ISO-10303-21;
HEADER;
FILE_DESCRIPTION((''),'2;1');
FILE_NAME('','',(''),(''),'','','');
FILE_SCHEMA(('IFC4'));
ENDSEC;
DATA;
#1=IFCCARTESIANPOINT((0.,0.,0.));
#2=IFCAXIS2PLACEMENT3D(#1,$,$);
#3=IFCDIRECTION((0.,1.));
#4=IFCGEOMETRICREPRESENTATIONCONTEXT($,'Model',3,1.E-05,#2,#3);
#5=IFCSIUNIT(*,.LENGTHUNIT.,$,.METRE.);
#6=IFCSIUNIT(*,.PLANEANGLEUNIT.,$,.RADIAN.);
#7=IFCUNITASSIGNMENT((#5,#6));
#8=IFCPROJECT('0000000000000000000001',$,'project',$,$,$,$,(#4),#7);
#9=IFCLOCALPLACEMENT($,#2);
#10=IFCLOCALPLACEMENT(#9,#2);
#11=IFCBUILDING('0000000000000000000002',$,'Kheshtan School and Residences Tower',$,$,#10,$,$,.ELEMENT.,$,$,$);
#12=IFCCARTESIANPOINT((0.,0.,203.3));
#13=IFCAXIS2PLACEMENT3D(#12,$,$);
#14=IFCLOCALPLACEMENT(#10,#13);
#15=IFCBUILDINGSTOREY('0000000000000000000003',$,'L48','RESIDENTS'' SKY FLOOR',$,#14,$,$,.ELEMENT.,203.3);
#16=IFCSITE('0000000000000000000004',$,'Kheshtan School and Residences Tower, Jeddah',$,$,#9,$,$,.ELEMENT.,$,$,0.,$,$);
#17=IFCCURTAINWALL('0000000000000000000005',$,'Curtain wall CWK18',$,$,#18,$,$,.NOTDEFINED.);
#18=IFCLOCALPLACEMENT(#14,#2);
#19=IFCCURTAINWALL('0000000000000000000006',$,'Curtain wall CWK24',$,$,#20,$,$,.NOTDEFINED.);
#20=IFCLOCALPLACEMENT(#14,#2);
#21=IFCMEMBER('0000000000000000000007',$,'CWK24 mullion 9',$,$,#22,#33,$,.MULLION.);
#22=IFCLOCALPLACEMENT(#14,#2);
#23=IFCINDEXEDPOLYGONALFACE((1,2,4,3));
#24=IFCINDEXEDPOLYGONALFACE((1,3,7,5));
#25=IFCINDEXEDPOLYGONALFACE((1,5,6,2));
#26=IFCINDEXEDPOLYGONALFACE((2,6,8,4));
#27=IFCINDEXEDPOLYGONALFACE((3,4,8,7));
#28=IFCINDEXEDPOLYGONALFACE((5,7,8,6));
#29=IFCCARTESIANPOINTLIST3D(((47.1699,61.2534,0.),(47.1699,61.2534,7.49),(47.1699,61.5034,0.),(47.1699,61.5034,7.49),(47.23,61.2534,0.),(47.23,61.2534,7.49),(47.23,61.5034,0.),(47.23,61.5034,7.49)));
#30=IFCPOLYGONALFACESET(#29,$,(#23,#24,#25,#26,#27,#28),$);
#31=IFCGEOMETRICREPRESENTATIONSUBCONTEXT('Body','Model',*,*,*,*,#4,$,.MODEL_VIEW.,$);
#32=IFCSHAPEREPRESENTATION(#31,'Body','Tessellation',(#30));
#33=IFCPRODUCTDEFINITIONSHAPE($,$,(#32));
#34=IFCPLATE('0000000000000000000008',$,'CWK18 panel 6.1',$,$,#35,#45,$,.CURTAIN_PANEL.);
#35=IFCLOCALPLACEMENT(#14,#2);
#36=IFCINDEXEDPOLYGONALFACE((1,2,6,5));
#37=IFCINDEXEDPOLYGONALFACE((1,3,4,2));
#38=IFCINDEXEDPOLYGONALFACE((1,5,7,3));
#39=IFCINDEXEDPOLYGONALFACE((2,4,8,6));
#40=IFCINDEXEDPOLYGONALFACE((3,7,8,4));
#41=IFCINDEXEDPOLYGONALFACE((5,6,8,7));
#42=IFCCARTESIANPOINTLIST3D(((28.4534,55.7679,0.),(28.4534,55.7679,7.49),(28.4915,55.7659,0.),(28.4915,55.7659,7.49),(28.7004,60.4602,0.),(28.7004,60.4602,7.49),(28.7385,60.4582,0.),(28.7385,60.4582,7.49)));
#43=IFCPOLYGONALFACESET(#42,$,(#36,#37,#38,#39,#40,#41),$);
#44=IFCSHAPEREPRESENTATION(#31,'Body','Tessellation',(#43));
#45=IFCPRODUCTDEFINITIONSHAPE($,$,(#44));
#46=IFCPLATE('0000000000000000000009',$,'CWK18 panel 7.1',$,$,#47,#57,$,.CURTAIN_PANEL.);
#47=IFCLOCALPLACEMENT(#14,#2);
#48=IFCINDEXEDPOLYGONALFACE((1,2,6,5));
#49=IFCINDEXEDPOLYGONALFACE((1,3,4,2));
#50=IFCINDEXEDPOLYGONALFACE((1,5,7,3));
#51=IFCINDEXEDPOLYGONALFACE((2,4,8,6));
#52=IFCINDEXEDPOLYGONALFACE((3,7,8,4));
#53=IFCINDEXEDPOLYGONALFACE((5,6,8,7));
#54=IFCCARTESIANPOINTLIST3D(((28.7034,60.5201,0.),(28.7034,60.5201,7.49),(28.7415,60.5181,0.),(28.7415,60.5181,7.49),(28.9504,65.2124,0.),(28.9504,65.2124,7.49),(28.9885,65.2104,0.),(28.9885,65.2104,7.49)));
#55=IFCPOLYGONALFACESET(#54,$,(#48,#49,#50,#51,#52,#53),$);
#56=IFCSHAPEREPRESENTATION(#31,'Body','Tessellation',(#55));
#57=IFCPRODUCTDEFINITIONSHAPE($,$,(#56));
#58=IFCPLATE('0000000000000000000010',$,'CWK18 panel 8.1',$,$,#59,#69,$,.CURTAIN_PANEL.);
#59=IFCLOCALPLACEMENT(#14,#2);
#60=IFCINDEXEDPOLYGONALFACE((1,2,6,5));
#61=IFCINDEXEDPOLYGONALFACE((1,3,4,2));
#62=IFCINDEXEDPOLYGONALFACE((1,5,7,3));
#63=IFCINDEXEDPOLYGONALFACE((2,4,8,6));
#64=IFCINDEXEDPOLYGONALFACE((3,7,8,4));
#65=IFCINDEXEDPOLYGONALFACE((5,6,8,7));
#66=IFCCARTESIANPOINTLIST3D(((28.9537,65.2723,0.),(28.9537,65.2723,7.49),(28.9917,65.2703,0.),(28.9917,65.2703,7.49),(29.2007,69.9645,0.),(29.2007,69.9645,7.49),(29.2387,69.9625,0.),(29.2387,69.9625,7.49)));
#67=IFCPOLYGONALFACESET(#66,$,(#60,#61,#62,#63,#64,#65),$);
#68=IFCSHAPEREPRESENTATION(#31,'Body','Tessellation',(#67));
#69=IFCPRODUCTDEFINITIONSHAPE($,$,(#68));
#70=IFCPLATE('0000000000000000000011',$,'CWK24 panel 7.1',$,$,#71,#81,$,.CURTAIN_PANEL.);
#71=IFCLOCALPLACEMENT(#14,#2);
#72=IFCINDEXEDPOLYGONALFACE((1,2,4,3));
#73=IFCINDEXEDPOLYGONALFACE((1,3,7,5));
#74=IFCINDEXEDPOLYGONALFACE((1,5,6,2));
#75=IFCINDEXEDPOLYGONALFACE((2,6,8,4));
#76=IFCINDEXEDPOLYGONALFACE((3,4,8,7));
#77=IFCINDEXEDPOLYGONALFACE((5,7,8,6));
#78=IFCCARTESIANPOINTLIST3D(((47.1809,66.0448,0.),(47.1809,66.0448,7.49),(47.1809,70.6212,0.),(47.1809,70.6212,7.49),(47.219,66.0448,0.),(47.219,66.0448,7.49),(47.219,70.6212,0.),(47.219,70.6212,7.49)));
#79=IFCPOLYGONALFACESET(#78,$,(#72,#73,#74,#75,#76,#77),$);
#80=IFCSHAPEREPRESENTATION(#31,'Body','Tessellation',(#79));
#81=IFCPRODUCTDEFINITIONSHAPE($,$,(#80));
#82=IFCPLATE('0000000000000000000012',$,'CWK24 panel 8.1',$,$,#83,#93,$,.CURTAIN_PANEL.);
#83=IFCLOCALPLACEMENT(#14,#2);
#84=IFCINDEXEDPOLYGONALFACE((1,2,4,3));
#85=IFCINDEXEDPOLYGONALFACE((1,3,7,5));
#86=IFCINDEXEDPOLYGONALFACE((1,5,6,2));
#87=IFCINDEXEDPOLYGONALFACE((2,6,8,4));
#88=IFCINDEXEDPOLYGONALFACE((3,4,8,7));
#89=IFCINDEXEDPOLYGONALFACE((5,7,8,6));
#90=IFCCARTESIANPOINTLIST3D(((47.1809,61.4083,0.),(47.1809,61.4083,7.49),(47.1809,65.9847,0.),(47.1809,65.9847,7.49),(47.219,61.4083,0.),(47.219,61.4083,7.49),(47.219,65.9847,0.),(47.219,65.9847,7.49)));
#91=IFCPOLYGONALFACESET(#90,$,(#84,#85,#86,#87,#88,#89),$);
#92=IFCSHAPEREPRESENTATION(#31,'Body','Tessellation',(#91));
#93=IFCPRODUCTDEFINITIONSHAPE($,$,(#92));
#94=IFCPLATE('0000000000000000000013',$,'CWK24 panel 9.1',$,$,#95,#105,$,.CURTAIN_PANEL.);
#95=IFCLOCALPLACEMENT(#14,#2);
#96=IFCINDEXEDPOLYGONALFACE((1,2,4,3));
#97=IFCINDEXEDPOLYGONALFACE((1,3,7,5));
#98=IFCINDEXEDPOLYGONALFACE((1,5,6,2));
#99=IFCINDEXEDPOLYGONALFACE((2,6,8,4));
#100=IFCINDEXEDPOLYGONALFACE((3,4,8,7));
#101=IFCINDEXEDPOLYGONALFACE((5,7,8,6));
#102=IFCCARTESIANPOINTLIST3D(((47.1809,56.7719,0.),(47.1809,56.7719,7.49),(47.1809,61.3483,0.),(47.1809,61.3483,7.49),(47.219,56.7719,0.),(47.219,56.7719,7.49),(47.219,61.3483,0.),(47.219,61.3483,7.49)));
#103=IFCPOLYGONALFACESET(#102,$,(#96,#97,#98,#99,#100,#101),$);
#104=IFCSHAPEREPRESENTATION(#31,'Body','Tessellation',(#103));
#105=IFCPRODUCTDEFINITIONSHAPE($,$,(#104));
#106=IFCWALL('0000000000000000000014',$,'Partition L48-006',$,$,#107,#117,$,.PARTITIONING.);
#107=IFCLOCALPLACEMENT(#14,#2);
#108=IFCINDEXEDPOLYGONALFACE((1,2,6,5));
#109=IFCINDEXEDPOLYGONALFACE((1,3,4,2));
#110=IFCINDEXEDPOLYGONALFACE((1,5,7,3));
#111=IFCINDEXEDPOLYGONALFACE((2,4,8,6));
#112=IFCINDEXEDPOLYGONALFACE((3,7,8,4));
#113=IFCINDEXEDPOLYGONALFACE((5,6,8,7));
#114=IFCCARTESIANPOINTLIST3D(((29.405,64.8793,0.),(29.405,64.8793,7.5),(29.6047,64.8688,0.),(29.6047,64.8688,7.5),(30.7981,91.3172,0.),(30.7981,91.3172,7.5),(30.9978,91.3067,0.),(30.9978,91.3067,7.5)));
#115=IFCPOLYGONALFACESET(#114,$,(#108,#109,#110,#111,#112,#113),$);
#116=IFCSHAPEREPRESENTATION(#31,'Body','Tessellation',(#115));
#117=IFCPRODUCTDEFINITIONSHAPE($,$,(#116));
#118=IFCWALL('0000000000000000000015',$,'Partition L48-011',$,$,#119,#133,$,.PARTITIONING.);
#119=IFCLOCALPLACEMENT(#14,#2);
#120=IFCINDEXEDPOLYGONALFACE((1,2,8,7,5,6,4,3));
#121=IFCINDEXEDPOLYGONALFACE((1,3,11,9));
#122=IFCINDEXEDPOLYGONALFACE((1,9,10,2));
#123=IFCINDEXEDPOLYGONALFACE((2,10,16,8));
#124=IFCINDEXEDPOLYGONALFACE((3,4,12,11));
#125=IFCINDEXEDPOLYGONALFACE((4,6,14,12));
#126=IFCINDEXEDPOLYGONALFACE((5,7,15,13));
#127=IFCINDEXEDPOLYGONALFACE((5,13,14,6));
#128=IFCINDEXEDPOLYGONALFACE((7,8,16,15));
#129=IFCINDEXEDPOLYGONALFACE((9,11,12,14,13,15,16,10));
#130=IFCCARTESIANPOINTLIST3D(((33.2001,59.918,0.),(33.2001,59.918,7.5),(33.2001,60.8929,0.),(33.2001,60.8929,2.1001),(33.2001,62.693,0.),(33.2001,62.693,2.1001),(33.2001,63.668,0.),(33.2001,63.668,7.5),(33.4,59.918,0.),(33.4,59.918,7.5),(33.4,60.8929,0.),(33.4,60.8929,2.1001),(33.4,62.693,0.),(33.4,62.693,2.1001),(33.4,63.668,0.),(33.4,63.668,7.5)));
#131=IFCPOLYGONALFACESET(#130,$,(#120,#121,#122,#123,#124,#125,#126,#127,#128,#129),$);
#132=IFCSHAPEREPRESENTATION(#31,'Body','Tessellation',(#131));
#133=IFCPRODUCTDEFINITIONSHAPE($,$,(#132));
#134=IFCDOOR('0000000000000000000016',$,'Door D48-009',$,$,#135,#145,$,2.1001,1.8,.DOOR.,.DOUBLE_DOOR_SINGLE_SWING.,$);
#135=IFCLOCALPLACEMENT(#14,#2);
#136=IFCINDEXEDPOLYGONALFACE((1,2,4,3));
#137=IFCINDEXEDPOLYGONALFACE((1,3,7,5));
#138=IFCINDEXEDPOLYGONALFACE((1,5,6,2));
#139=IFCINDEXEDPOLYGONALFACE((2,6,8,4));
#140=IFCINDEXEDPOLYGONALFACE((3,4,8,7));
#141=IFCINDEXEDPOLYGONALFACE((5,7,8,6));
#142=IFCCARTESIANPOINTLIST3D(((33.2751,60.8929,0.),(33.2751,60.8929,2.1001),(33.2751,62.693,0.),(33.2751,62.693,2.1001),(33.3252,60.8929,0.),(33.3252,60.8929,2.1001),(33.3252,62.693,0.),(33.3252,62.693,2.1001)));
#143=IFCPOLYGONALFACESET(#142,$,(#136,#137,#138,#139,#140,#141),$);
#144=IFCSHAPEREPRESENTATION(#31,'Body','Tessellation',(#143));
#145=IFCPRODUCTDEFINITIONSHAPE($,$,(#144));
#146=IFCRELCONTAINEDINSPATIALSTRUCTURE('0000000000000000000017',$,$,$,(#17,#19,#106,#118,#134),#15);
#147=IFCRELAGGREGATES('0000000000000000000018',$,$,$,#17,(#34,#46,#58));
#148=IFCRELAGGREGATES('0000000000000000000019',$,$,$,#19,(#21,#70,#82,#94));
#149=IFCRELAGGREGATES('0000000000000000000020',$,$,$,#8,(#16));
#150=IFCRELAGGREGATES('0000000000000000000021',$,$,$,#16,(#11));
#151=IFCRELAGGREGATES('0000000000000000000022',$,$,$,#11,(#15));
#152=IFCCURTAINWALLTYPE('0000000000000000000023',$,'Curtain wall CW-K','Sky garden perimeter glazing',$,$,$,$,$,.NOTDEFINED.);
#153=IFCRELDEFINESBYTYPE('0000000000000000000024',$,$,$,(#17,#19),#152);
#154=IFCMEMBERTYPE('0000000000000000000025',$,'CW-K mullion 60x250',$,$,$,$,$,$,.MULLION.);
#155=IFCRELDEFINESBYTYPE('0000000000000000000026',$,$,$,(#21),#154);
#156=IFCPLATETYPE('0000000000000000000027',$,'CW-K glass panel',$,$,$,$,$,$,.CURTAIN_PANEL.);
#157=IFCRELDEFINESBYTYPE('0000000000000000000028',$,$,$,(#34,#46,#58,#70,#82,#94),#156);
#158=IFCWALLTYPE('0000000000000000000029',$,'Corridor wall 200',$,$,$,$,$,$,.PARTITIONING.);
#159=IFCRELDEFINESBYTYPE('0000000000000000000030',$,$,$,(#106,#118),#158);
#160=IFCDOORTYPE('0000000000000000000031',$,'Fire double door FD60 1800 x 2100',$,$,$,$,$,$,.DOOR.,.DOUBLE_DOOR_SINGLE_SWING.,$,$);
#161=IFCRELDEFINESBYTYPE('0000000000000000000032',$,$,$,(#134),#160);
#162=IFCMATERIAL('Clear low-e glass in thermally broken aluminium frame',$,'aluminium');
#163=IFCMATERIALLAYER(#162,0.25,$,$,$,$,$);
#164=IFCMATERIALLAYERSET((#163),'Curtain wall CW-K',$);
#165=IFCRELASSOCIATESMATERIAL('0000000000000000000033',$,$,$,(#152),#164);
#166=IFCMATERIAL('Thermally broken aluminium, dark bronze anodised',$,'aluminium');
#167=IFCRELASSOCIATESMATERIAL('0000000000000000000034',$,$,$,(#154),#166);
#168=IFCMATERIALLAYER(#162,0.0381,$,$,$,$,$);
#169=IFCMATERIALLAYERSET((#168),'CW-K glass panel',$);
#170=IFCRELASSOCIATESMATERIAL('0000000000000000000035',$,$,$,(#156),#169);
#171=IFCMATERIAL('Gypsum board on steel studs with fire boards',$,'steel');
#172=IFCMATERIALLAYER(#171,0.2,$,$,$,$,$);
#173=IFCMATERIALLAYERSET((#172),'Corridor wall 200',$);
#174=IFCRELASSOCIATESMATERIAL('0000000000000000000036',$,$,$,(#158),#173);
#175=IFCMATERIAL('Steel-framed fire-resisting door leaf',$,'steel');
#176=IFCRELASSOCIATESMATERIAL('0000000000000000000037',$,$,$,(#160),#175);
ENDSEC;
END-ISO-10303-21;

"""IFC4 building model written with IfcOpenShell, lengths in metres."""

from ifc_helpers import new_model, si_unit, direction, frame, frame_2d, origin, origin_2d, place, context, subcontext, project, spatial, rectangle, extrude, source, transform, mapped, material, layer, layer_set, material_profile, profile_set, type_object, element, fill, aggregate, save


model = new_model("IFC4")

# Units and contexts
model_context = context("Model", 3, precision=1e-05, world=origin(), true_north=direction((0.0, 1.0)))
body_context = subcontext(model_context, "Body", "Model", "MODEL_VIEW")
ifc_project = project(units=[si_unit("LENGTHUNIT", "METRE"), si_unit("PLANEANGLEUNIT", "RADIAN")], contexts=[model_context])

# Site, building, storey
site_placement = place(None, origin())
site = spatial("IfcSite", under=ifc_project, at=site_placement, Name="Kheshtan School and Residences Tower, Jeddah", CompositionType="ELEMENT", RefElevation=0.0)
building_placement = place(site_placement, origin())
building = spatial("IfcBuilding", under=site, at=building_placement, Name="Kheshtan School and Residences Tower", CompositionType="ELEMENT")
storey_placement = place(building_placement, frame((0.0, 0.0, 203.3)))
storey = spatial("IfcBuildingStorey", under=building, at=storey_placement, Name="L48", Description="RESIDENTS' SKY FLOOR", CompositionType="ELEMENT", Elevation=203.3)

# Curtain walls, member
ifc_material_1 = material(Name="Clear low-e glass in thermally broken aluminium frame", Category="aluminium")
ifc_layer_1 = layer(ifc_material_1, 0.25)
ifc_layer_set_1 = layer_set([ifc_layer_1], Name="Curtain wall CW-K")
curtain_wall_type = type_object("IfcCurtainWallType", Name="Curtain wall CW-K", Description="Sky garden perimeter glazing", PredefinedType="NOTDEFINED", material=ifc_layer_set_1)
curtain_wall_1_placement = place(storey_placement, origin())
curtain_wall_1 = element("IfcCurtainWall", 1, at=curtain_wall_1_placement, inside=storey, type_object=curtain_wall_type, Name="Curtain wall CWK18", PredefinedType="NOTDEFINED")
ifc_material_2 = material(Name="Thermally broken aluminium, dark bronze anodised", Category="aluminium")
ifc_material_profile_1 = material_profile(ifc_material_2, rectangle(XDim=0.0601, YDim=0.25, at=origin_2d()), Name="CW-K mullion 60x250")
ifc_profile_set_1 = profile_set([ifc_material_profile_1], Name="Thermally broken aluminium, dark bronze anodised")
member_type = type_object("IfcMemberType", Name="CW-K mullion 60x250", PredefinedType="MULLION", material=ifc_profile_set_1)
curtain_wall_2_placement = place(storey_placement, origin())
curtain_wall_2 = element("IfcCurtainWall", 2, at=curtain_wall_2_placement, inside=storey, type_object=curtain_wall_type, Name="Curtain wall CWK24", PredefinedType="NOTDEFINED")
member_1_placement = place(storey_placement, frame((47.2, 61.3784, 0.0), z_axis=(0.0, 0.0, 1.0), x_axis=(1.0, 0.0, 0.0)))
member_1 = element("IfcMember", 3, at=member_1_placement, type_object=member_type, Name="CWK24 mullion 9", PredefinedType="MULLION", context=body_context, shape_type="SweptSolid", body=[
    extrude(rectangle(XDim=0.0601, YDim=0.25, at=origin_2d()), origin(), (0.0, 0.0, 1.0), 7.49),
])

# Plates
ifc_layer_2 = layer(ifc_material_1, 0.0381)
ifc_layer_set_2 = layer_set([ifc_layer_2], Name="CW-K glass panel")
plate_type = type_object("IfcPlateType", Name="CW-K glass panel", PredefinedType="CURTAIN_PANEL", material=ifc_layer_set_2)
plate_1_placement = place(storey_placement, frame((28.5959, 58.113, 0.0), z_axis=(0.0, 0.0, 1.0), x_axis=(0.052565, 0.998617, 0.0)))
plate_1 = element("IfcPlate", 4, at=plate_1_placement, type_object=plate_type, Name="CWK18 panel 6.1", PredefinedType="CURTAIN_PANEL", context=body_context, shape_type="SweptSolid", body=[
    extrude(rectangle(XDim=4.6987, YDim=0.0381, at=origin_2d()), origin(), (0.0, 0.0, 1.0), 7.49),
])
plate_2_placement = place(storey_placement, frame((28.8459, 62.8652, 0.0), z_axis=(0.0, 0.0, 1.0), x_axis=(0.052565, 0.998617, 0.0)))
plate_2 = element("IfcPlate", 5, at=plate_2_placement, type_object=plate_type, Name="CWK18 panel 7.1", PredefinedType="CURTAIN_PANEL", context=body_context, shape_type="SweptSolid", body=[
    extrude(rectangle(XDim=4.6987, YDim=0.0381, at=origin_2d()), origin(), (0.0, 0.0, 1.0), 7.49),
])
plate_3_placement = place(storey_placement, frame((29.0962, 67.6174, 0.0), z_axis=(0.0, 0.0, 1.0), x_axis=(0.052565, 0.998617, 0.0)))
plate_3 = element("IfcPlate", 6, at=plate_3_placement, type_object=plate_type, Name="CWK18 panel 8.1", PredefinedType="CURTAIN_PANEL", context=body_context, shape_type="SweptSolid", body=[
    extrude(rectangle(XDim=4.6987, YDim=0.0381, at=origin_2d()), origin(), (0.0, 0.0, 1.0), 7.49),
])
aggregate(curtain_wall_1, [plate_1, plate_2, plate_3])
plate_4_placement = place(storey_placement, frame((47.2, 68.333, 0.0), z_axis=(0.0, 0.0, 1.0), x_axis=(0.0, -1.0, 0.0)))
plate_4 = element("IfcPlate", 7, at=plate_4_placement, type_object=plate_type, Name="CWK24 panel 7.1", PredefinedType="CURTAIN_PANEL", context=body_context, shape_type="SweptSolid", body=[
    extrude(rectangle(XDim=4.5764, YDim=0.0381, at=origin_2d()), origin(), (0.0, 0.0, 1.0), 7.49),
])
plate_5_placement = place(storey_placement, frame((47.2, 63.6965, 0.0), z_axis=(0.0, 0.0, 1.0), x_axis=(0.0, -1.0, 0.0)))
plate_5 = element("IfcPlate", 8, at=plate_5_placement, type_object=plate_type, Name="CWK24 panel 8.1", PredefinedType="CURTAIN_PANEL", context=body_context, shape_type="SweptSolid", body=[
    extrude(rectangle(XDim=4.5764, YDim=0.0381, at=origin_2d()), origin(), (0.0, 0.0, 1.0), 7.49),
])
plate_6_placement = place(storey_placement, frame((47.2, 59.0601, 0.0), z_axis=(0.0, 0.0, 1.0), x_axis=(0.0, -1.0, 0.0)))
plate_6 = element("IfcPlate", 9, at=plate_6_placement, type_object=plate_type, Name="CWK24 panel 9.1", PredefinedType="CURTAIN_PANEL", context=body_context, shape_type="SweptSolid", body=[
    extrude(rectangle(XDim=4.5764, YDim=0.0381, at=origin_2d()), origin(), (0.0, 0.0, 1.0), 7.49),
])
aggregate(curtain_wall_2, [member_1, plate_4, plate_5, plate_6])

# Wall
ifc_material_3 = material(Name="Gypsum board on steel studs with fire boards", Category="steel")
ifc_layer_3 = layer(ifc_material_3, 0.2)
ifc_layer_set_3 = layer_set([ifc_layer_3], Name="Corridor wall 200")
wall_type_1 = type_object("IfcWallType", Name="Corridor wall 200", PredefinedType="PARTITIONING", material=ifc_layer_set_3)
wall_1_placement = place(storey_placement, frame((29.5049, 64.874, 0.0), z_axis=(0.0, 0.0, 1.0), x_axis=(0.052619, 0.998615, 0.0)))
element("IfcWall", 10, at=wall_1_placement, inside=storey, type_object=wall_type_1, Name="Partition L48-006", PredefinedType="PARTITIONING", context=body_context, shape_type="SweptSolid", body=[
    extrude(rectangle(XDim=26.4746, YDim=0.2, at=frame_2d((13.2373, 0.0))), origin(), (0.0, 0.0, 1.0), 7.5),
])

# Wall, opening, door
wall_2_placement = place(storey_placement, frame((33.3, 59.918, 0.0), z_axis=(0.0, 0.0, 1.0), x_axis=(0.0, 1.0, 0.0)))
wall_2 = element("IfcWall", 11, at=wall_2_placement, inside=storey, type_object=wall_type_1, Name="Partition L48-011", PredefinedType="PARTITIONING", context=body_context, shape_type="SweptSolid", body=[
    extrude(rectangle(XDim=3.75, YDim=0.2, at=frame_2d((1.875, 0.0))), origin(), (0.0, 0.0, 1.0), 7.5),
])
opening_1_placement = place(wall_2_placement, frame((0.9751, 0.0, 0.0)))
opening_1 = element("IfcOpeningElement", 12, at=opening_1_placement, cuts=wall_2, PredefinedType="OPENING", context=body_context, shape_type="SweptSolid", body=[
    extrude(rectangle(XDim=1.8, YDim=2.1001, at=frame_2d((0.8999, 1.05))), frame((0.0, 0.1099, 0.0), z_axis=(0.0, -1.0, 0.0), x_axis=(1.0, 0.0, 0.0)), (0.0, 0.0, 1.0), 0.22),
])
ifc_material_4 = material(Name="Steel-framed fire-resisting door leaf", Category="steel")
door_type_1 = type_object("IfcDoorType", Name="Fire double door FD60 1800 x 2100", OperationType="DOUBLE_DOOR_SINGLE_SWING", PredefinedType="DOOR", material=ifc_material_4)
shared_shape_1 = source(origin(), body_context, "Body", "SweptSolid", [
    extrude(rectangle(XDim=1.8, YDim=2.1001, at=frame_2d((0.8999, 1.05))), frame((0.0, 0.0249, 0.0), z_axis=(0.0, -1.0, 0.0), x_axis=(1.0, 0.0, 0.0)), (0.0, 0.0, 1.0), 0.05),
])
door_1_placement = place(opening_1_placement, origin())
door_1 = element("IfcDoor", 13, at=door_1_placement, inside=storey, type_object=door_type_1, Name="Door D48-009", OperationType="DOUBLE_DOOR_SINGLE_SWING", OverallHeight=2.1001, OverallWidth=1.8, PredefinedType="DOOR", context=body_context, shape_type="MappedRepresentation", body=[
    mapped(shared_shape_1, transform((0.0, 0.0, 0.0), x_axis=(1.0, 0.0, 0.0), y_axis=(0.0, 1.0, 0.0), z_axis=(0.0, 0.0, 1.0), scale=1.0)),
])
fill(opening_1, door_1)

save(model, "model.ifc")
